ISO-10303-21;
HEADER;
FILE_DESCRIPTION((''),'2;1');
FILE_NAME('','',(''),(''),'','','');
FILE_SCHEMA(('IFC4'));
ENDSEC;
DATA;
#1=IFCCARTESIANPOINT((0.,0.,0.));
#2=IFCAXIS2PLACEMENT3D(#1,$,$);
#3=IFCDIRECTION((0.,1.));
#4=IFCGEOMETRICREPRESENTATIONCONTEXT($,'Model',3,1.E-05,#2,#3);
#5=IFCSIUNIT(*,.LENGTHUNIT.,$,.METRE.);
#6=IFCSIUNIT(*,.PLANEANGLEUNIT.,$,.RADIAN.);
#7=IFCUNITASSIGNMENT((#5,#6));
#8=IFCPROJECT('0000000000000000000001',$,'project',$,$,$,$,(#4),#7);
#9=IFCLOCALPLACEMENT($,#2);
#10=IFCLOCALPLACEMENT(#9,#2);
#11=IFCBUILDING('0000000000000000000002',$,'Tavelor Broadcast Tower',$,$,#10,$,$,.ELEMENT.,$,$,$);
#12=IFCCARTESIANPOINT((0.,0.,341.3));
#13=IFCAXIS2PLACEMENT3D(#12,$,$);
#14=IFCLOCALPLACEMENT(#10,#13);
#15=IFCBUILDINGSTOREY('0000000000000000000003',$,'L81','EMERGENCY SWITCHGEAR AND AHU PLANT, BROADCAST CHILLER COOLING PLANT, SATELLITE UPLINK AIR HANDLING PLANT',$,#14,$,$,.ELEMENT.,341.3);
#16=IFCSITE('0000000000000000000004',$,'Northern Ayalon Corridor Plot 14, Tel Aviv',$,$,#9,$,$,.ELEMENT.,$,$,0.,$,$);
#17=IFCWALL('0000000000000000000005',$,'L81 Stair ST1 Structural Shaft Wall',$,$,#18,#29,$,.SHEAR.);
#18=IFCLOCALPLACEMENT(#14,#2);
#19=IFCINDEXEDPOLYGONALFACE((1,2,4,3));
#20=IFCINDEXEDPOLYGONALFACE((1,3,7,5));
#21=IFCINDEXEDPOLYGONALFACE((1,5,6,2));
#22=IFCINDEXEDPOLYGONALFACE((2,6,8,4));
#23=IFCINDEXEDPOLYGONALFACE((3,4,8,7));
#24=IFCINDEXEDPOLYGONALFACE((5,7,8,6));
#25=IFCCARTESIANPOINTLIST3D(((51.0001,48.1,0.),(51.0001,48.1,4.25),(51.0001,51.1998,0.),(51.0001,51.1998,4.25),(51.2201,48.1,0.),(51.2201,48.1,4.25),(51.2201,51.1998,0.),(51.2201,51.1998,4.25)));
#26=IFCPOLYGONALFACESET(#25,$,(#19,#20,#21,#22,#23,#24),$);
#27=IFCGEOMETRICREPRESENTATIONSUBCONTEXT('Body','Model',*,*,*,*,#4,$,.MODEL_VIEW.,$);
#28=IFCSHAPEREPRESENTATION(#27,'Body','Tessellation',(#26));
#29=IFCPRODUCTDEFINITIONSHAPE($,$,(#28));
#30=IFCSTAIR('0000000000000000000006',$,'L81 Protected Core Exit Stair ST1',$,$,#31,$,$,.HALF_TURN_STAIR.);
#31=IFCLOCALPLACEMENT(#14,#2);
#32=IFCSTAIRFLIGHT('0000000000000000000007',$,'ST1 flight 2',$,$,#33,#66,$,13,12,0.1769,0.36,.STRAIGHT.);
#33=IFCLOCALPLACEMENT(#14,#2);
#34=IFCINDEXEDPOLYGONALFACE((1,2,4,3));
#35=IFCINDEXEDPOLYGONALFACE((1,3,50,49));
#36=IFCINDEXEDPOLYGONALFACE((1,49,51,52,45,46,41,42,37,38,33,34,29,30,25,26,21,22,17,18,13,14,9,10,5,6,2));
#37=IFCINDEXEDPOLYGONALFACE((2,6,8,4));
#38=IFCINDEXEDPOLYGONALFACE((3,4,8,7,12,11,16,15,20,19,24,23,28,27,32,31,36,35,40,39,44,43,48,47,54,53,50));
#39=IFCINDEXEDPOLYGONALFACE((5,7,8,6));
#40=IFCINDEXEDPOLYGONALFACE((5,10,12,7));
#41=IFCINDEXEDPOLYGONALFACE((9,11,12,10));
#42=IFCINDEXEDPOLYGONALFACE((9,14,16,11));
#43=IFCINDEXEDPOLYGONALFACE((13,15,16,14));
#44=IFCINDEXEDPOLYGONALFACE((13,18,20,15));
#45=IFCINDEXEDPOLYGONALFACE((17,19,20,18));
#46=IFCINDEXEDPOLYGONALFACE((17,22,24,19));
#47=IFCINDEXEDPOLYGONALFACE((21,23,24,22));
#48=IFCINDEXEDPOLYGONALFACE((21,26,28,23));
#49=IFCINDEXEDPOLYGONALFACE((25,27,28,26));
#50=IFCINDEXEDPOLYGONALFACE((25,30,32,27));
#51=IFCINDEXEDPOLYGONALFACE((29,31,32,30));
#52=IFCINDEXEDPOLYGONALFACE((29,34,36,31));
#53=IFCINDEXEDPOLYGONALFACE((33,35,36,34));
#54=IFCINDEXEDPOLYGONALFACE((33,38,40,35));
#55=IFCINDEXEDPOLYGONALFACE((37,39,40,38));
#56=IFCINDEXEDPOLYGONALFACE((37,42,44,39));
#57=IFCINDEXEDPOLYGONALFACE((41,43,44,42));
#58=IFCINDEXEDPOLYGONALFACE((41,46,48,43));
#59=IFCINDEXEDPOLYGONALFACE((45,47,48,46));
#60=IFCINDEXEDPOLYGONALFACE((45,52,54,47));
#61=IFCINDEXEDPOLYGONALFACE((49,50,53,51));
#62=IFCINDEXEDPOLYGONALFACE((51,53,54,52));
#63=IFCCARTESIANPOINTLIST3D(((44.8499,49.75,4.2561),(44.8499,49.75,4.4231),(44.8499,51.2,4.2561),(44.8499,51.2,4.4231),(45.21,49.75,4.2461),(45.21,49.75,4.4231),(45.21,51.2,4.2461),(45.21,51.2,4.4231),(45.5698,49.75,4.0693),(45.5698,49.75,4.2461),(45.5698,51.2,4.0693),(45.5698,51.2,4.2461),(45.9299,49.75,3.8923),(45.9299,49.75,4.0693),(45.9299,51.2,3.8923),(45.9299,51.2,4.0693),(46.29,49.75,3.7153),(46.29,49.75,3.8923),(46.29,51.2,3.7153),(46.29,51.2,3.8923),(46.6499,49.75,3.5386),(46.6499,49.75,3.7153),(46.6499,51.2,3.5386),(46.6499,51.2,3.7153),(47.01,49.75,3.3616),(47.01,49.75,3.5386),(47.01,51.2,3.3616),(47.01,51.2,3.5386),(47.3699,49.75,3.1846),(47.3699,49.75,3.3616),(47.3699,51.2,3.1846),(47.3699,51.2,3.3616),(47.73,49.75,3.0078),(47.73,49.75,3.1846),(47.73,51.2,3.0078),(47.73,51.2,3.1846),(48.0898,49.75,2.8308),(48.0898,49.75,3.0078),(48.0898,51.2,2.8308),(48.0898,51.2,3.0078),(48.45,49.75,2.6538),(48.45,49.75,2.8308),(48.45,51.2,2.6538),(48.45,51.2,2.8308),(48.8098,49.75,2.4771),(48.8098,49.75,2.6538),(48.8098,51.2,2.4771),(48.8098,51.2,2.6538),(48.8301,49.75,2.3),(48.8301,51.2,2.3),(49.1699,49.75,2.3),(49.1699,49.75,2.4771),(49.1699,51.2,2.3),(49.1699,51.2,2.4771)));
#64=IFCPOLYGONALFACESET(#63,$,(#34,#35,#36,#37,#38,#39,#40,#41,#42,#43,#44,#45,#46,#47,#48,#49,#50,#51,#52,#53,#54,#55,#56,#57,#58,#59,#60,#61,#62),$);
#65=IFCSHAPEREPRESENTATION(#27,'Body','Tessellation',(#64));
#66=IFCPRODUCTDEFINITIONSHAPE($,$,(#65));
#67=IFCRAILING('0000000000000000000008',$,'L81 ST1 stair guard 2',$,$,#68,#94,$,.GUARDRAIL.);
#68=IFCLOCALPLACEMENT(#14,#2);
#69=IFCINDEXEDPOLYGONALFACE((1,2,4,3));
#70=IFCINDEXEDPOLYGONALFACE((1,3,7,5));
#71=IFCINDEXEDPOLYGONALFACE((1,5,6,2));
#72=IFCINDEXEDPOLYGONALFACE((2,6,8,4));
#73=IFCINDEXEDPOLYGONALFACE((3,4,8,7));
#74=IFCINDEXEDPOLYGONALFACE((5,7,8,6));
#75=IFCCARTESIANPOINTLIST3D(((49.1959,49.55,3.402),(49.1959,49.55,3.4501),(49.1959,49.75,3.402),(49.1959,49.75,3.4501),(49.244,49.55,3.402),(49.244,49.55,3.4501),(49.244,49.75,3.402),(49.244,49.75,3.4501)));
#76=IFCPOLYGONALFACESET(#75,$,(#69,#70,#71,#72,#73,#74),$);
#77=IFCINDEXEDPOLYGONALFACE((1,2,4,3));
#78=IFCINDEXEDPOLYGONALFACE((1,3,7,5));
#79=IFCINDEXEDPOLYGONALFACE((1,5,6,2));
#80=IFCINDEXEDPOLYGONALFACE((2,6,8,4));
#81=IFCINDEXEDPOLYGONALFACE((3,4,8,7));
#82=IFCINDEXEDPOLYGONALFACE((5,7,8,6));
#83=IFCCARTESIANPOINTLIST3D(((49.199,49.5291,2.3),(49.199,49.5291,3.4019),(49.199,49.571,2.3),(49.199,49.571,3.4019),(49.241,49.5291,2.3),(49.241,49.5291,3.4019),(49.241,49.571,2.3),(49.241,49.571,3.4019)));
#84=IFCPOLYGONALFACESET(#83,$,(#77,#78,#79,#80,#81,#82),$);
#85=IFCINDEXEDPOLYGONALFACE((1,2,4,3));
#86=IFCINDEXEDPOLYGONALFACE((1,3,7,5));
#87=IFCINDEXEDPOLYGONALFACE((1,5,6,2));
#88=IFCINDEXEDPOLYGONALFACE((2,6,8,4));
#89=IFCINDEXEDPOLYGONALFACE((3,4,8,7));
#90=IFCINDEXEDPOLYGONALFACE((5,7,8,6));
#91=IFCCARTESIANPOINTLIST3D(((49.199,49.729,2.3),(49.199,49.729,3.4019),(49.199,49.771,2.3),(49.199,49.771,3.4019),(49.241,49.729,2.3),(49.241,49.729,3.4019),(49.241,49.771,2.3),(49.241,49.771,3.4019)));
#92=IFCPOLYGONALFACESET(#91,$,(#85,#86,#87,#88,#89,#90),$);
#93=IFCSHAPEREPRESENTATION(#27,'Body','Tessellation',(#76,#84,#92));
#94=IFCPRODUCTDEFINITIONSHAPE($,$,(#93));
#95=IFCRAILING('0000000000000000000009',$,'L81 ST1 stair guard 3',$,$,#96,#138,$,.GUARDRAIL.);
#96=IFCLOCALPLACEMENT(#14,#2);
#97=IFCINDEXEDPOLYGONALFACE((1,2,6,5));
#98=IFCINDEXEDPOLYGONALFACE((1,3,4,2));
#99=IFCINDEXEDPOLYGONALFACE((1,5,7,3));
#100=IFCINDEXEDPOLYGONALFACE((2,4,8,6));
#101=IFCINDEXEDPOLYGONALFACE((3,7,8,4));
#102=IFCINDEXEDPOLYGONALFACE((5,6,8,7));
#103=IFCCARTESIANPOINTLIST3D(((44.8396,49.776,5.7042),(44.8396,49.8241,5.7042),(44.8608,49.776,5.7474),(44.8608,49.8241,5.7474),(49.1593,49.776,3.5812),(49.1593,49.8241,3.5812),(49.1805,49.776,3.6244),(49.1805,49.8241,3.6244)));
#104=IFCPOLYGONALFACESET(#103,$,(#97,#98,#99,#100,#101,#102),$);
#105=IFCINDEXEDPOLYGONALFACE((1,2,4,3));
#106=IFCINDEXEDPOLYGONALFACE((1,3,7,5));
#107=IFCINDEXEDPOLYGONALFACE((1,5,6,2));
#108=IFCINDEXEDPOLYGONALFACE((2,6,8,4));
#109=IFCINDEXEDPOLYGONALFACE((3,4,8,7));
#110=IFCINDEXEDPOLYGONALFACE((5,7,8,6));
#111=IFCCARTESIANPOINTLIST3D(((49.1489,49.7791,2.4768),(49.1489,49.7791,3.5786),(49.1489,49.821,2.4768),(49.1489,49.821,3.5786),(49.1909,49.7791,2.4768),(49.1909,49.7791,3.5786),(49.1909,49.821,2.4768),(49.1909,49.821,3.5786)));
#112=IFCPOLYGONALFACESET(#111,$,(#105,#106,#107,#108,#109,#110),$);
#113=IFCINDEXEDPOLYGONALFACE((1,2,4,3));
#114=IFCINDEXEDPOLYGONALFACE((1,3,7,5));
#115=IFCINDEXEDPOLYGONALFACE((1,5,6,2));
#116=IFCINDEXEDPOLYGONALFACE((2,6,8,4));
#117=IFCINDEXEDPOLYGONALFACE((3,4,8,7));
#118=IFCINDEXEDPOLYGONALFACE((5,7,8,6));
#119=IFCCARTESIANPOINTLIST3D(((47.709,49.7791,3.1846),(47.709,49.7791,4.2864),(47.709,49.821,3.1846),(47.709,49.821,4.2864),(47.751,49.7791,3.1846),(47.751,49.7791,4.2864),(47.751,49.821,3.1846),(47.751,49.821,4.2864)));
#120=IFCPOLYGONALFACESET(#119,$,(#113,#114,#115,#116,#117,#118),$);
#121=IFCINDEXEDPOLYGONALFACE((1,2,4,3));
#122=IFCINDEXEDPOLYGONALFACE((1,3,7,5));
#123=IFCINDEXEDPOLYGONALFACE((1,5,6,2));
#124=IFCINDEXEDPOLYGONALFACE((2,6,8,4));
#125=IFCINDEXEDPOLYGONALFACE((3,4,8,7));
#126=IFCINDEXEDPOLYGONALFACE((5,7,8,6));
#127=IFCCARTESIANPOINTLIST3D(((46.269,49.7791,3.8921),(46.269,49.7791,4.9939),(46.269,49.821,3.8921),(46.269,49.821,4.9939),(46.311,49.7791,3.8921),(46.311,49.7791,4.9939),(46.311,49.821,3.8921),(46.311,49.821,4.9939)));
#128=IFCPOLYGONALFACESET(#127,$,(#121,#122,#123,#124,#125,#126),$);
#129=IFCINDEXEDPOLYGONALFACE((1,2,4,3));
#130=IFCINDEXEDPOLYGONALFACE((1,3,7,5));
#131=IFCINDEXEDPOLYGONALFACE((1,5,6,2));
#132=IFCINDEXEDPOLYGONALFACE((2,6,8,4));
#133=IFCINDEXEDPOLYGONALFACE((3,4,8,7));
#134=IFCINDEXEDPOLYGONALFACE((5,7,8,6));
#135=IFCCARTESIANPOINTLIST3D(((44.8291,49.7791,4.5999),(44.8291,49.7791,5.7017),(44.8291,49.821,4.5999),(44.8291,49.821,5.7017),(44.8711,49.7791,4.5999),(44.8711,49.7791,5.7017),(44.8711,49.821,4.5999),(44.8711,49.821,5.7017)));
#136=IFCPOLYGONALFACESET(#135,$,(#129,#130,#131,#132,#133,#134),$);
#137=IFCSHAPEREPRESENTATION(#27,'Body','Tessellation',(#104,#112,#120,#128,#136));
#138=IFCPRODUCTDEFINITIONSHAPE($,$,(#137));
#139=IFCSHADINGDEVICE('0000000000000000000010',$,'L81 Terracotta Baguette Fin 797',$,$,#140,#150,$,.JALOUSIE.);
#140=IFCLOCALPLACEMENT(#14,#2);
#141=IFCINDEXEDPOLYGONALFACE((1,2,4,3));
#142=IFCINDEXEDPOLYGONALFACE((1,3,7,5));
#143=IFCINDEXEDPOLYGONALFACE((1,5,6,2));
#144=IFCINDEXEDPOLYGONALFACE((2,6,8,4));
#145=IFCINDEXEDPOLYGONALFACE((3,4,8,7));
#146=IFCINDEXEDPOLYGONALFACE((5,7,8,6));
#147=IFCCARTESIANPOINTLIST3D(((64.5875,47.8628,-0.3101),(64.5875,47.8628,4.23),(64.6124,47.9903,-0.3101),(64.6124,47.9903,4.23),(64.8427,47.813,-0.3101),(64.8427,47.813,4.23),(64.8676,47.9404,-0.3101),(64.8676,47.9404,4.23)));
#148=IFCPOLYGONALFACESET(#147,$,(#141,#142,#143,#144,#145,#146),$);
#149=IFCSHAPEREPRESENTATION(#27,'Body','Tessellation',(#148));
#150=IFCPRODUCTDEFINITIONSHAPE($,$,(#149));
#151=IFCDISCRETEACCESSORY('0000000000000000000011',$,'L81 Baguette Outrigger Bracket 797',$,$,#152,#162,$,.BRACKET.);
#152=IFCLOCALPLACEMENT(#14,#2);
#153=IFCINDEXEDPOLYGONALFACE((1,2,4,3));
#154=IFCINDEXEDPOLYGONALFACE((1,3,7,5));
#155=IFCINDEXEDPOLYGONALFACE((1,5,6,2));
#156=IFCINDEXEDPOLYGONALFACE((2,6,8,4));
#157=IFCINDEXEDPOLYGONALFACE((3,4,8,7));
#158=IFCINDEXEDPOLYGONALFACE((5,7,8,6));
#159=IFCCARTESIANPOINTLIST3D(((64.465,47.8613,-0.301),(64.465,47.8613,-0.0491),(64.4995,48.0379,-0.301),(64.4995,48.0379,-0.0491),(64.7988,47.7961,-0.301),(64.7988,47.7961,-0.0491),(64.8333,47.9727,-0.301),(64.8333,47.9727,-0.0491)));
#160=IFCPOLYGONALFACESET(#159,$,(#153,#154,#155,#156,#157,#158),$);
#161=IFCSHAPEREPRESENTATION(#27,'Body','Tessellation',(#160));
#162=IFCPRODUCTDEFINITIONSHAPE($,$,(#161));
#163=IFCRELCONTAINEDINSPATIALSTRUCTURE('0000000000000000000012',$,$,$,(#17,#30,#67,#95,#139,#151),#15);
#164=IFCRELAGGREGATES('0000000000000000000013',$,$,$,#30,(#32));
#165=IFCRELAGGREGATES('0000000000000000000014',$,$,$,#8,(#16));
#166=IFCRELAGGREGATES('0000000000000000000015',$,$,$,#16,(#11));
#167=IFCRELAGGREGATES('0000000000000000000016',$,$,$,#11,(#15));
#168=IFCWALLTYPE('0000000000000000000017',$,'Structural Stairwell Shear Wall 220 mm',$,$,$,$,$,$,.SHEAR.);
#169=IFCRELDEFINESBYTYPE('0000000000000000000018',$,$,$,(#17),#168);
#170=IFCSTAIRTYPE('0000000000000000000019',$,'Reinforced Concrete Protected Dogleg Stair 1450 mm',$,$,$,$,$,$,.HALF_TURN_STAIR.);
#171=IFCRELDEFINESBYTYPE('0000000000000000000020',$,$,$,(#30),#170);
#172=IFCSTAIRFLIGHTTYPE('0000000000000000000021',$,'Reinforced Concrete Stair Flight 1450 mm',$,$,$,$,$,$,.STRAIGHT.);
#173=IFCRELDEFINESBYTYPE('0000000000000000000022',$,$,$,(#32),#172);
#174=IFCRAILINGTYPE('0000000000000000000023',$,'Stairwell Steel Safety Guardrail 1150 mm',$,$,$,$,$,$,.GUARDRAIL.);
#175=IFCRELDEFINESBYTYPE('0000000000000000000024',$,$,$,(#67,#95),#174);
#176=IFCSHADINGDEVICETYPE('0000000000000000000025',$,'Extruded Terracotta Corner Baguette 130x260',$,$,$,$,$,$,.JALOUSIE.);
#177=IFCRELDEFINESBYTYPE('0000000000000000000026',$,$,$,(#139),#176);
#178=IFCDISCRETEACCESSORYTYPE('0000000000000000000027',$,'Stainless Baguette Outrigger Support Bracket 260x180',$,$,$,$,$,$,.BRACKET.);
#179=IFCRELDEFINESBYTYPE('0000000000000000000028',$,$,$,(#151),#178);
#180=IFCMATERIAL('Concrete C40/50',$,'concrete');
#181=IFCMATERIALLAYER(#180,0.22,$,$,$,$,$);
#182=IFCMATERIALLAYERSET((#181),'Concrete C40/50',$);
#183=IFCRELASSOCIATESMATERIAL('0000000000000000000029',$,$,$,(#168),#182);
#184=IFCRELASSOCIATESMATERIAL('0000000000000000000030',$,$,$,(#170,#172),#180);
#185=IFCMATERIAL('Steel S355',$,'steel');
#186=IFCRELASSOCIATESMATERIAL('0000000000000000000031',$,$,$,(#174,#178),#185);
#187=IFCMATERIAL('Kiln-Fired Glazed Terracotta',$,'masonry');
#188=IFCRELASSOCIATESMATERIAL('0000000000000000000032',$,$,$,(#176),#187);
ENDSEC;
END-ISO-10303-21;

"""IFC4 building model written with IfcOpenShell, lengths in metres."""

from ifc_helpers import new_model, si_unit, direction, frame, frame_2d, origin, origin_2d, place, context, subcontext, project, spatial, polyline, rectangle, outline, extrude, source, transform, mapped, material, layer, layer_set, type_object, type_shapes, element, aggregate, save


model = new_model("IFC4")

# Units and contexts
model_context = context("Model", 3, precision=1e-05, world=origin(), true_north=direction((0.0, 1.0)))
body_context = subcontext(model_context, "Body", "Model", "MODEL_VIEW")
ifc_project = project(units=[si_unit("LENGTHUNIT", "METRE"), si_unit("PLANEANGLEUNIT", "RADIAN")], contexts=[model_context])

# Site, building, storey
site_placement = place(None, origin())
site = spatial("IfcSite", under=ifc_project, at=site_placement, Name="Northern Ayalon Corridor Plot 14, Tel Aviv", CompositionType="ELEMENT", RefElevation=0.0)
building_placement = place(site_placement, origin())
building = spatial("IfcBuilding", under=site, at=building_placement, Name="Tavelor Broadcast Tower", CompositionType="ELEMENT")
storey_placement = place(building_placement, frame((0.0, 0.0, 341.3)))
storey = spatial("IfcBuildingStorey", under=building, at=storey_placement, Name="L81", Description="EMERGENCY SWITCHGEAR AND AHU PLANT, BROADCAST CHILLER COOLING PLANT, SATELLITE UPLINK AIR HANDLING PLANT", CompositionType="ELEMENT", Elevation=341.3)

# Shared definitions
ifc_material_1 = material(Name="Concrete C40/50", Category="concrete")
ifc_material_2 = material(Name="Steel S355", Category="steel")

# Wall
ifc_layer_1 = layer(ifc_material_1, 0.22)
ifc_layer_set_1 = layer_set([ifc_layer_1], Name="Concrete C40/50")
wall_type_1 = type_object("IfcWallType", Name="Structural Stairwell Shear Wall 220 mm", PredefinedType="SHEAR", material=ifc_layer_set_1)
wall_1_placement = place(storey_placement, frame((51.1101, 48.1001, 0.0), z_axis=(0.0, 0.0, 1.0), x_axis=(0.0, 1.0, 0.0)))
element("IfcWall", 1, at=wall_1_placement, inside=storey, type_object=wall_type_1, Name="L81 Stair ST1 Structural Shaft Wall", PredefinedType="SHEAR", context=body_context, shape_type="SweptSolid", body=[
    extrude(rectangle(XDim=3.0999, YDim=0.22, at=frame_2d((1.5498, 0.0))), origin(), (0.0, 0.0, 1.0), 4.25),
])

# Stair, stair flight
stair_type = type_object("IfcStairType", Name="Reinforced Concrete Protected Dogleg Stair 1450 mm", PredefinedType="HALF_TURN_STAIR", material=ifc_material_1)
stair_placement = place(storey_placement, origin())
stair = element("IfcStair", 2, at=stair_placement, inside=storey, type_object=stair_type, Name="L81 Protected Core Exit Stair ST1", PredefinedType="HALF_TURN_STAIR")
stair_flight_type = type_object("IfcStairFlightType", Name="Reinforced Concrete Stair Flight 1450 mm", PredefinedType="STRAIGHT", material=ifc_material_1)
stair_flight_placement = place(storey_placement, frame((49.1699, 50.4751, 2.3), z_axis=(0.0, 0.0, 1.0), x_axis=(-1.0, 0.0, 0.0)))
stair_flight = element("IfcStairFlight", 3, at=stair_flight_placement, type_object=stair_flight_type, Name="ST1 flight 2", NumberOfRisers=13, NumberOfTreads=12, PredefinedType="STRAIGHT", RiserHeight=0.1769, TreadLength=0.36, context=body_context, shape_type="SweptSolid", body=[
    extrude(outline(polyline([(0.0, 0.0), (0.0, 0.177), (0.3601, 0.177), (0.3601, 0.3538), (0.72, 0.3538), (0.72, 0.5308), (1.0801, 0.5308), (1.0801, 0.7078), (1.4399, 0.7078), (1.4399, 0.8845), (1.8, 0.8845), (1.8, 1.0615), (2.1599, 1.0615), (2.1599, 1.2385), (2.52, 1.2385), (2.52, 1.4153), (2.8799, 1.4153), (2.8799, 1.5923), (3.24, 1.5923), (3.24, 1.7693), (3.6001, 1.7693), (3.6001, 1.946), (3.96, 1.946), (3.96, 2.123), (4.3201, 2.123), (4.3201, 2.3), (4.3201, 1.9561), (0.3398, 0.0), (0.0, 0.0)])), frame((0.0, 0.7251, 0.0), z_axis=(0.0, -1.0, 0.0), x_axis=(1.0, 0.0, 0.0)), (0.0, 0.0, 1.0), 1.45),
])
aggregate(stair, [stair_flight])

# Railings
railing_type = type_object("IfcRailingType", Name="Stairwell Steel Safety Guardrail 1150 mm", PredefinedType="GUARDRAIL", material=ifc_material_2)
railing_1_placement = place(storey_placement, frame((49.22, 49.55, 2.3)))
element("IfcRailing", 4, at=railing_1_placement, inside=storey, type_object=railing_type, Name="L81 ST1 stair guard 2", PredefinedType="GUARDRAIL", context=body_context, shape_type="SweptSolid", body=[
    extrude(rectangle(XDim=0.0481, YDim=0.0481, at=origin_2d()), frame((0.0, 0.0, 1.126), z_axis=(0.0, 1.0, 0.0), x_axis=(-1.0, 0.0, 0.0)), (0.0, 0.0, 1.0), 0.2),
    extrude(rectangle(XDim=0.042, YDim=0.042, at=origin_2d()), origin(), (0.0, 0.0, 1.0), 1.1018),
    extrude(rectangle(XDim=0.042, YDim=0.042, at=origin_2d()), frame((0.0, 0.2, 0.0)), (0.0, 0.0, 1.0), 1.1018),
])
railing_2_placement = place(storey_placement, frame((49.1699, 49.8, 2.4768)))
element("IfcRailing", 5, at=railing_2_placement, inside=storey, type_object=railing_type, Name="L81 ST1 stair guard 3", PredefinedType="GUARDRAIL", context=body_context, shape_type="SweptSolid", body=[
    extrude(rectangle(XDim=0.0481, YDim=0.0481, at=origin_2d()), frame((0.0, 0.0, 1.126), z_axis=(-0.89747, 0.0, 0.441076), x_axis=(0.0, -1.0, 0.0)), (0.0, 0.0, 1.0), 4.8132),
    extrude(rectangle(XDim=0.042, YDim=0.042, at=origin_2d()), origin(), (0.0, 0.0, 1.0), 1.1018),
    extrude(rectangle(XDim=0.042, YDim=0.042, at=origin_2d()), frame((-1.4399, 0.0, 0.7078)), (0.0, 0.0, 1.0), 1.1018),
    extrude(rectangle(XDim=0.042, YDim=0.042, at=origin_2d()), frame((-2.8799, 0.0, 1.4153)), (0.0, 0.0, 1.0), 1.1018),
    extrude(rectangle(XDim=0.042, YDim=0.042, at=origin_2d()), frame((-4.3198, 0.0, 2.123)), (0.0, 0.0, 1.0), 1.1018),
])

# Shading device
ifc_material_3 = material(Name="Kiln-Fired Glazed Terracotta", Category="masonry")
shading_device_type = type_object("IfcShadingDeviceType", Name="Extruded Terracotta Corner Baguette 130x260", PredefinedType="JALOUSIE", material=ifc_material_3)
shared_shape_1 = source(origin(), body_context, "Body", "SweptSolid", [
    extrude(rectangle(XDim=0.1299, YDim=0.26, at=origin_2d()), origin(), (0.0, 0.0, 1.0), 4.54),
])
type_shapes(shading_device_type, [shared_shape_1])
shading_device_placement = place(storey_placement, frame((64.7275, 47.9016, -0.3101), z_axis=(0.0, 0.0, 1.0), x_axis=(0.191666, 0.98146, 0.0)))
element("IfcShadingDevice", 6, at=shading_device_placement, inside=storey, type_object=shading_device_type, Name="L81 Terracotta Baguette Fin 797", PredefinedType="JALOUSIE", context=body_context, shape_type="MappedRepresentation", body=[
    mapped(shared_shape_1, transform((0.0, 0.0, 0.0), scale=1.0)),
])

# Discrete accessory
discrete_accessory_type = type_object("IfcDiscreteAccessoryType", Name="Stainless Baguette Outrigger Support Bracket 260x180", PredefinedType="BRACKET", material=ifc_material_2)
shared_shape_2 = source(origin(), body_context, "Body", "SweptSolid", [
    extrude(rectangle(XDim=0.1799, YDim=0.3401, at=origin_2d()), origin(), (0.0, 0.0, 1.0), 0.252),
])
type_shapes(discrete_accessory_type, [shared_shape_2])
discrete_accessory_placement = place(storey_placement, frame((64.6492, 47.917, -0.301), z_axis=(0.0, 0.0, 1.0), x_axis=(0.191666, 0.98146, 0.0)))
element("IfcDiscreteAccessory", 7, at=discrete_accessory_placement, inside=storey, type_object=discrete_accessory_type, Name="L81 Baguette Outrigger Bracket 797", PredefinedType="BRACKET", context=body_context, shape_type="MappedRepresentation", body=[
    mapped(shared_shape_2, transform((0.0, 0.0, 0.0), scale=1.0)),
])

save(model, "model.ifc")
